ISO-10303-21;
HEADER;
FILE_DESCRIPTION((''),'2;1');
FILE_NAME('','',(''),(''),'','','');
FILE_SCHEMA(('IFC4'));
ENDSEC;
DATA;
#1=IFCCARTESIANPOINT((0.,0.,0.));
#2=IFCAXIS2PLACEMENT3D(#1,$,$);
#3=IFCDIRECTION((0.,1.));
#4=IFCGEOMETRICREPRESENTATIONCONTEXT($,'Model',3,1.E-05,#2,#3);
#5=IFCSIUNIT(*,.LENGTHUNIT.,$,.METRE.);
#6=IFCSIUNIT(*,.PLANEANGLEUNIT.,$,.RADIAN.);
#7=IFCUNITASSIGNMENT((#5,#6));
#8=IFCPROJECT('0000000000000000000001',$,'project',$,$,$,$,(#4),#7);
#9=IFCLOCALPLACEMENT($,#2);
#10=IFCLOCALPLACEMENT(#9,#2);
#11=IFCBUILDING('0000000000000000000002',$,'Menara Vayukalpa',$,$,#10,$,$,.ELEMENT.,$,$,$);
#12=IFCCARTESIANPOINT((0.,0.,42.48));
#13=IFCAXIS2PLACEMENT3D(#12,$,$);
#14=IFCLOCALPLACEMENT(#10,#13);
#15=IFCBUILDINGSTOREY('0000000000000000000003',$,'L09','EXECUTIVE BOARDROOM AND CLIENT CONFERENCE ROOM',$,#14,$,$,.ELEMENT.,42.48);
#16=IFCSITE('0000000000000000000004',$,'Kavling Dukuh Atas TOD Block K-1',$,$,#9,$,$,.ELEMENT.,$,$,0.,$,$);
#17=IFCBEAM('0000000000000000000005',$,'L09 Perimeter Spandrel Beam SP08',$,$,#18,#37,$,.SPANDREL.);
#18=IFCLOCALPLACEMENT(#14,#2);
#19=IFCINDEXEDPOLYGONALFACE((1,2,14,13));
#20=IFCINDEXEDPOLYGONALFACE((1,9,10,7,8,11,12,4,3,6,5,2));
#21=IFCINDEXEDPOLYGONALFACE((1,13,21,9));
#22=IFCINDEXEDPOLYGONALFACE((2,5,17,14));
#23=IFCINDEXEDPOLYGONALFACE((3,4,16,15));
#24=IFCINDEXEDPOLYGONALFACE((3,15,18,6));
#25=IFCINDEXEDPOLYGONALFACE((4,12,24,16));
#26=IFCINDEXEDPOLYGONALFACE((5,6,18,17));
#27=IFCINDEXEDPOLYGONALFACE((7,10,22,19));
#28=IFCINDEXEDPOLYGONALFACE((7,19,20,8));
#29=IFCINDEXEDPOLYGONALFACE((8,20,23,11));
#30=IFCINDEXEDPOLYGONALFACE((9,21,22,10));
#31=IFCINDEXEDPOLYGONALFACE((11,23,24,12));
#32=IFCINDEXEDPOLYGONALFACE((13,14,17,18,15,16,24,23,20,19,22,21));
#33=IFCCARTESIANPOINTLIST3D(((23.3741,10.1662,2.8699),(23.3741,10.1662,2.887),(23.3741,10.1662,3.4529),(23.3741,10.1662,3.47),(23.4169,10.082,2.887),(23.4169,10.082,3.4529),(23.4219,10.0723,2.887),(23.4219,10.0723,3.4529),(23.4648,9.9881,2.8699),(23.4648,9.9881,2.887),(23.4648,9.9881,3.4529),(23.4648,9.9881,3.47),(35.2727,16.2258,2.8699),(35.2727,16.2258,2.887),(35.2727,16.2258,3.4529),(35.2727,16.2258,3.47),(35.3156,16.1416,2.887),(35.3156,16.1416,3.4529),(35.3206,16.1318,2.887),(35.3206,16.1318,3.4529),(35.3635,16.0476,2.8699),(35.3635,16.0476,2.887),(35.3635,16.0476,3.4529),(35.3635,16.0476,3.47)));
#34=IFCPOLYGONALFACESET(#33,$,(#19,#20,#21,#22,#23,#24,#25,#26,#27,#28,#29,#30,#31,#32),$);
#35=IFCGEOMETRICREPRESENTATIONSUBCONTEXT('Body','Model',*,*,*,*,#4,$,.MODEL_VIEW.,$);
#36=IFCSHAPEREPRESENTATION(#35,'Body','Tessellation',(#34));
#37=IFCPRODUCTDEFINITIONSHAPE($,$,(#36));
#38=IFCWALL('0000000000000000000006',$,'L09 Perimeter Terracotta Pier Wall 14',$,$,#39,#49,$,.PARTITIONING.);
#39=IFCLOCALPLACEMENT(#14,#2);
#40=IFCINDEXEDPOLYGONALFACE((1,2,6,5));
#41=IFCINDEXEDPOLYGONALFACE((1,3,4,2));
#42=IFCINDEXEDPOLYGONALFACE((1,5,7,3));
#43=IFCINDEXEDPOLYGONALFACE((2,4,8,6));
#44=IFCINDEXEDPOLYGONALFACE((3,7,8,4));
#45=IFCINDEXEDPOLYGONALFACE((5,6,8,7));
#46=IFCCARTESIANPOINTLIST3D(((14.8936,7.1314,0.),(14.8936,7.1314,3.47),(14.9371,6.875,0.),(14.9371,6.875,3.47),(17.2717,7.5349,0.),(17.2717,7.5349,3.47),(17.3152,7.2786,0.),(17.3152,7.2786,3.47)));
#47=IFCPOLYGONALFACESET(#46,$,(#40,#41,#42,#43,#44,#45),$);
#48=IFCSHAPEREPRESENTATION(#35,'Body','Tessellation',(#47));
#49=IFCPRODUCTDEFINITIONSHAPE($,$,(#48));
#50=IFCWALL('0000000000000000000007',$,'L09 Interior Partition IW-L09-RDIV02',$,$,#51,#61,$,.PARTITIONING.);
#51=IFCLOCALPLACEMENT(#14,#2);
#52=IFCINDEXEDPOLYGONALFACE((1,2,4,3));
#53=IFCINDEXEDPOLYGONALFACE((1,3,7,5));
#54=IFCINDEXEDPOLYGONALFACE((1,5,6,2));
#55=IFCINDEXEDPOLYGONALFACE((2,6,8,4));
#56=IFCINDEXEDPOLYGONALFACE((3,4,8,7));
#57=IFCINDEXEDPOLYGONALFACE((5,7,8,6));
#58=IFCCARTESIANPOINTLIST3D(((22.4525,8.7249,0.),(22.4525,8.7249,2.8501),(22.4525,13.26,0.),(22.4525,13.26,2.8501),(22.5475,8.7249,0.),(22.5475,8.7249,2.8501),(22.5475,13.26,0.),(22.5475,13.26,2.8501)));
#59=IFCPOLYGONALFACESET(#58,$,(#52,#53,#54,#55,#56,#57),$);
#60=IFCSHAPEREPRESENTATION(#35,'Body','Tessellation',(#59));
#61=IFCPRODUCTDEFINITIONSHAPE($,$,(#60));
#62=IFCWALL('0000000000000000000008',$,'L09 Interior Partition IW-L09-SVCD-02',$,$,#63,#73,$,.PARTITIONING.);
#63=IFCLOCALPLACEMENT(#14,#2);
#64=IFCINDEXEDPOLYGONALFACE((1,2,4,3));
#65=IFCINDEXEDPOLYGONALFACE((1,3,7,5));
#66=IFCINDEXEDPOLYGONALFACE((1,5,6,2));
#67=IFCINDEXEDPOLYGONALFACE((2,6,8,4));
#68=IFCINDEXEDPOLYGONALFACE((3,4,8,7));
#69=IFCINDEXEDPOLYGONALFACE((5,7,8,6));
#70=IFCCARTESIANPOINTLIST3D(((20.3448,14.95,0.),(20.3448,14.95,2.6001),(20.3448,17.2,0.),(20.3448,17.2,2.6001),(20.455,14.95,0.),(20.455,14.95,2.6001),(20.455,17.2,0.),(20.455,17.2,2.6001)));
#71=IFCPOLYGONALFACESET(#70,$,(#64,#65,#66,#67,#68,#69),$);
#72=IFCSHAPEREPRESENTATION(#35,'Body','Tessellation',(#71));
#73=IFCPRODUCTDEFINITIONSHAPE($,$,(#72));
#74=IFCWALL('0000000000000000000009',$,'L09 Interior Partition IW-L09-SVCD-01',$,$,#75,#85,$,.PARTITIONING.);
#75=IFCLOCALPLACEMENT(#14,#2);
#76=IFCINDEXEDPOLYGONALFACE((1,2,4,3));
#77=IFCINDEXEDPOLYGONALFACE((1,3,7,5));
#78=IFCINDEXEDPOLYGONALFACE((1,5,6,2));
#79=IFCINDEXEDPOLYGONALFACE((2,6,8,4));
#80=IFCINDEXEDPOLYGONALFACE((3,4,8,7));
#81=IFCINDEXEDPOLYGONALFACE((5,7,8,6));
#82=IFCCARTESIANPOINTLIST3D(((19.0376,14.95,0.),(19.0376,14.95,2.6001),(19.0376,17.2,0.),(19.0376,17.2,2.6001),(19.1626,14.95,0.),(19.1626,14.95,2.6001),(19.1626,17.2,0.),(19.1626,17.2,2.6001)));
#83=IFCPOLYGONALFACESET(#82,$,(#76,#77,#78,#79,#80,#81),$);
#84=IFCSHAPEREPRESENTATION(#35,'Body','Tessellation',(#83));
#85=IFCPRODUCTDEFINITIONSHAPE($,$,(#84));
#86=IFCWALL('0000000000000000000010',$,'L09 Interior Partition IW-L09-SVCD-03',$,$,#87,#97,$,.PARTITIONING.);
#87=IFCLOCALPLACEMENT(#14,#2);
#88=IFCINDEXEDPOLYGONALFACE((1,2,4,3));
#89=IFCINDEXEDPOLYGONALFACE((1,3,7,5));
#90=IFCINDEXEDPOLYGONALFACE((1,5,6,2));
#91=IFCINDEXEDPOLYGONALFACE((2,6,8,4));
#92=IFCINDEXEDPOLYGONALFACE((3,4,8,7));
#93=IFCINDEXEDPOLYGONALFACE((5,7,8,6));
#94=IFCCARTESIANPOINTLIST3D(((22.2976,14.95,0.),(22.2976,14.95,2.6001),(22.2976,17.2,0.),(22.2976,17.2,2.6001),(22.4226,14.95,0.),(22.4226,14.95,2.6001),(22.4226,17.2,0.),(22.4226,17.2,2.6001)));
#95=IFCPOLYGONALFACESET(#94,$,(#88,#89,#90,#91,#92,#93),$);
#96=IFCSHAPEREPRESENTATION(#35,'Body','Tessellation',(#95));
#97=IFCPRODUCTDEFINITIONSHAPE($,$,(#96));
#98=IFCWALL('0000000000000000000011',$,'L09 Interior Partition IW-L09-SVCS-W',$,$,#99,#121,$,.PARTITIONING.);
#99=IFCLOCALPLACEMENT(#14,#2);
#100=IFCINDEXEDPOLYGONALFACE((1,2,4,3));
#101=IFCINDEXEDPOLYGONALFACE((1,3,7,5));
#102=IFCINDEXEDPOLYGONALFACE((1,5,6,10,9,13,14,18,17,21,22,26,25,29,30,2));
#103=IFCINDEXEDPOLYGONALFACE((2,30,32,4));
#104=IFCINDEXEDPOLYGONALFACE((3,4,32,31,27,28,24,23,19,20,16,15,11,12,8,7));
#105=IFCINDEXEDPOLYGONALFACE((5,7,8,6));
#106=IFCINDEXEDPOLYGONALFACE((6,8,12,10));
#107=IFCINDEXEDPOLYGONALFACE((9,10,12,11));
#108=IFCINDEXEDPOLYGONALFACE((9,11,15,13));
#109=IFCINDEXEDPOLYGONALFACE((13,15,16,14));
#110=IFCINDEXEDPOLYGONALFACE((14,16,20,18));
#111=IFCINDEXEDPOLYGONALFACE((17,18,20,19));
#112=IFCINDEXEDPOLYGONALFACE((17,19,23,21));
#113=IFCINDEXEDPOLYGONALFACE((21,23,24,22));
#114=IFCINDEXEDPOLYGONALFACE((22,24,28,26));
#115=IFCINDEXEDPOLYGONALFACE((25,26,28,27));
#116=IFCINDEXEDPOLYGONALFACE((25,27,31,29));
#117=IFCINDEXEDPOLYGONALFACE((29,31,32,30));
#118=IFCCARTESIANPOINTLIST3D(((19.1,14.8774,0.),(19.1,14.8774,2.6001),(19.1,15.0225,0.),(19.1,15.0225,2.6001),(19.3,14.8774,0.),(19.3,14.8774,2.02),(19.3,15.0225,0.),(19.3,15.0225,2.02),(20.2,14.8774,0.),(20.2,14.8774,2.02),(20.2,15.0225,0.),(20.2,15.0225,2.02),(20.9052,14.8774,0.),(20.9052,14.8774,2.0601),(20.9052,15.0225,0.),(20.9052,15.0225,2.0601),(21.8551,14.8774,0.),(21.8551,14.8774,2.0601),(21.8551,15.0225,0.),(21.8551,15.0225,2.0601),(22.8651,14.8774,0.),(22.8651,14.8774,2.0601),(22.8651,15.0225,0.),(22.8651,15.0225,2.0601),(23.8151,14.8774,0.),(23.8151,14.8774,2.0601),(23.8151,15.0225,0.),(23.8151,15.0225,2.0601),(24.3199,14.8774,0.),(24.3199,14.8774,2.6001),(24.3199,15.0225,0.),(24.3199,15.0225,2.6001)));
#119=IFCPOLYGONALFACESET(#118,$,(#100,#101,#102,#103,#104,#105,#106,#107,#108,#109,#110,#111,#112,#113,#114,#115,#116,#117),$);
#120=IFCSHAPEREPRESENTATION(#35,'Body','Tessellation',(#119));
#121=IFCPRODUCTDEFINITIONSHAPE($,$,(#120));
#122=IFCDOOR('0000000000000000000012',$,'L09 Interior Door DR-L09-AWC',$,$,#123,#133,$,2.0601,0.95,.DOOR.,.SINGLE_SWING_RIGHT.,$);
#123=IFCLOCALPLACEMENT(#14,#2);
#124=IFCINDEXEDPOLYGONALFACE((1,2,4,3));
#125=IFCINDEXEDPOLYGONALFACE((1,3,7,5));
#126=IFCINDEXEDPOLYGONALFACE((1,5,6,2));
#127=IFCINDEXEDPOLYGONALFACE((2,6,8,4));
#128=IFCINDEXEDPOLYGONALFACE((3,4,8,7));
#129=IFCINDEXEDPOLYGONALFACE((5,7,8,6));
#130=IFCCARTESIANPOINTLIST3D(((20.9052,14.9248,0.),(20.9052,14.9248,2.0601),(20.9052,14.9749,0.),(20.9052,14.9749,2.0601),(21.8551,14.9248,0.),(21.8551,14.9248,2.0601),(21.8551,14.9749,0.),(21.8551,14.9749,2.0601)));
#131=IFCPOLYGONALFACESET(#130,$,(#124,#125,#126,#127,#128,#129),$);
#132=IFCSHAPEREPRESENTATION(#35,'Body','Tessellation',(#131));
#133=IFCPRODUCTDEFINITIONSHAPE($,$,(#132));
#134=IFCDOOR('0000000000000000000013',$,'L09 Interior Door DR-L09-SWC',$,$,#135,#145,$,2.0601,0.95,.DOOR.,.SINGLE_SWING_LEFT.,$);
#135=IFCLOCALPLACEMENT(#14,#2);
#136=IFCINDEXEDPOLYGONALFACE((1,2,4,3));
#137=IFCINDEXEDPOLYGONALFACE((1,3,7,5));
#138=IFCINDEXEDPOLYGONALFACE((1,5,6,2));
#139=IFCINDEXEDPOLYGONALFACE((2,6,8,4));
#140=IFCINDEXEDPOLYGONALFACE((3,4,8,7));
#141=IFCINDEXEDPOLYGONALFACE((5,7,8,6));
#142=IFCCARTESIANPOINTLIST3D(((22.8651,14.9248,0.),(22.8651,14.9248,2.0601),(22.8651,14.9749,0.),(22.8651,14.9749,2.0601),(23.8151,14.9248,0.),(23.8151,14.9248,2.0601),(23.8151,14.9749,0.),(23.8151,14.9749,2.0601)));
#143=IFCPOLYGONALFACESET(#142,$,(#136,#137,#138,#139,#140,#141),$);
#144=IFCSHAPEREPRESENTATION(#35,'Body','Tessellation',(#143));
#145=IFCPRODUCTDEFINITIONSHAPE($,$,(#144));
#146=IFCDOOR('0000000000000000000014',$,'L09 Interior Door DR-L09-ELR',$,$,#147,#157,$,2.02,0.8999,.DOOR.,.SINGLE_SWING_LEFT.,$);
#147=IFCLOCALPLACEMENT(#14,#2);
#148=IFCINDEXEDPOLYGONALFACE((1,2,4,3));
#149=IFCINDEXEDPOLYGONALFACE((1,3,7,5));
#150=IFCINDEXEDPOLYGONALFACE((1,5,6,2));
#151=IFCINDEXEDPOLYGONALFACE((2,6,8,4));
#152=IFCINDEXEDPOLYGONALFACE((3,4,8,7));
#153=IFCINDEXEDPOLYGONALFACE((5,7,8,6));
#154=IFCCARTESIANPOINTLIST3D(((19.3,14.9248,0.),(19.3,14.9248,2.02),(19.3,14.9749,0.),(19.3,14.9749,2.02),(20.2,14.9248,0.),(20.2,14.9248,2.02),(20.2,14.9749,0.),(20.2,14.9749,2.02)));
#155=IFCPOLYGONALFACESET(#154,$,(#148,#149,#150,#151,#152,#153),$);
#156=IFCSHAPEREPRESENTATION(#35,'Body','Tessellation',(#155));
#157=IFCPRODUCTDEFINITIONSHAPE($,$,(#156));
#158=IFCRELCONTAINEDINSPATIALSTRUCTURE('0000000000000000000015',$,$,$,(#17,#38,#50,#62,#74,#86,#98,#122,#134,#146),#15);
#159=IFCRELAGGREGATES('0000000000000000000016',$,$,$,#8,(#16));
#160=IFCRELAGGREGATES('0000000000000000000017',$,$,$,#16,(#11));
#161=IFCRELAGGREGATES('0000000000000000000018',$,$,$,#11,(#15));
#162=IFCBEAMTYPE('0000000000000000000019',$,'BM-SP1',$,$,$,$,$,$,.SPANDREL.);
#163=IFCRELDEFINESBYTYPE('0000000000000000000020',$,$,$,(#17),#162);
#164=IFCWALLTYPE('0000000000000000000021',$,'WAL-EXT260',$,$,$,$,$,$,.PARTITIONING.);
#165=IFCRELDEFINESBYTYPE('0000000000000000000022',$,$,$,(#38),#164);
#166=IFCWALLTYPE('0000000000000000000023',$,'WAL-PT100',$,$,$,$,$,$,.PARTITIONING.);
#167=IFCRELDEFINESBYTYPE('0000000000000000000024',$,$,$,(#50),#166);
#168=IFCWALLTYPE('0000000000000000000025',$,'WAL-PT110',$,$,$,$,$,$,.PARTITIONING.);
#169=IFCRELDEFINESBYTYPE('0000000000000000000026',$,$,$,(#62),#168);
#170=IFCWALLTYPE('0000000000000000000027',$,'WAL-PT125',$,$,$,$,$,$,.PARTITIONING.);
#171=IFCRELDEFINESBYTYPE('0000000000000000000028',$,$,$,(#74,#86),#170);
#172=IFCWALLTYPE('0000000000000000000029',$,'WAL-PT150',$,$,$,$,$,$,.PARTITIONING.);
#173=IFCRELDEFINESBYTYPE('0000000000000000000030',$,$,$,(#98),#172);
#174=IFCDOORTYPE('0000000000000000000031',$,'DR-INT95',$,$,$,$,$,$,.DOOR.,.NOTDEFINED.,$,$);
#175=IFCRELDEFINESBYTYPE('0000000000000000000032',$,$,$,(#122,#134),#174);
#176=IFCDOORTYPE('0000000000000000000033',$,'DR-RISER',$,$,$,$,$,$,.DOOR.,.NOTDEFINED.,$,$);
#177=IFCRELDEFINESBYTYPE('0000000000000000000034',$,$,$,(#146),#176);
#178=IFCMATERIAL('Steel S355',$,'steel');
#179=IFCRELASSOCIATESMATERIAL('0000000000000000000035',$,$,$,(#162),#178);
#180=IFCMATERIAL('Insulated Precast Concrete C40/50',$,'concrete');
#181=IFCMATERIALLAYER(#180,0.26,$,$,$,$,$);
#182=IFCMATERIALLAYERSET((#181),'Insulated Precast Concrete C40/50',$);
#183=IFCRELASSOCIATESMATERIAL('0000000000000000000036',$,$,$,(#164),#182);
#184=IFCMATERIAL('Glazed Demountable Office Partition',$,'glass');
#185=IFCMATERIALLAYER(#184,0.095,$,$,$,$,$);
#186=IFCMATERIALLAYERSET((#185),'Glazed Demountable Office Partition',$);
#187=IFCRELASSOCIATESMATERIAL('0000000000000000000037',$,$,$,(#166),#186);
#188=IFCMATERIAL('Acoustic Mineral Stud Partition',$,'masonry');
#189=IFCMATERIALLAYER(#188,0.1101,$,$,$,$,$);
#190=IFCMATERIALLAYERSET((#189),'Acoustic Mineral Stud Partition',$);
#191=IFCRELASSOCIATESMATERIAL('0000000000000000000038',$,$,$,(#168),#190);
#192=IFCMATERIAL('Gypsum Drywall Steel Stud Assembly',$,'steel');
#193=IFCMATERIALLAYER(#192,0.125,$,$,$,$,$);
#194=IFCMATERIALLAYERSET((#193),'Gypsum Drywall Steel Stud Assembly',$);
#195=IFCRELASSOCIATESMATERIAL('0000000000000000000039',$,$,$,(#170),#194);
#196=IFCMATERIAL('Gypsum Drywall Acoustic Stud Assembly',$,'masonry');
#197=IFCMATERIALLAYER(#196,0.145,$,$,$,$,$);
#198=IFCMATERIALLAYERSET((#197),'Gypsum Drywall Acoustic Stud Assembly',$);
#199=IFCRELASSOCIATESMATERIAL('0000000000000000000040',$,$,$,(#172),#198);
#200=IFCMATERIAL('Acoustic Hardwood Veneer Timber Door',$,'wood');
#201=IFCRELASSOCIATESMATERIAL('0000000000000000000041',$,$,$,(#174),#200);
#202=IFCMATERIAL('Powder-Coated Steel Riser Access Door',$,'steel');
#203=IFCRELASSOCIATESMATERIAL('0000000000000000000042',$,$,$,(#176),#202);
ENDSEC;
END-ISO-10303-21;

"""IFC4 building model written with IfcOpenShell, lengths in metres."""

from ifc_helpers import new_model, si_unit, direction, frame, frame_2d, origin, origin_2d, place, context, subcontext, project, spatial, rectangle, i_section, extrude, material, layer, layer_set, material_profile, profile_set, type_object, element, fill, save


model = new_model("IFC4")

# Units and contexts
model_context = context("Model", 3, precision=1e-05, world=origin(), true_north=direction((0.0, 1.0)))
body_context = subcontext(model_context, "Body", "Model", "MODEL_VIEW")
ifc_project = project(units=[si_unit("LENGTHUNIT", "METRE"), si_unit("PLANEANGLEUNIT", "RADIAN")], contexts=[model_context])

# Site, building, storey
site_placement = place(None, origin())
site = spatial("IfcSite", under=ifc_project, at=site_placement, Name="Kavling Dukuh Atas TOD Block K-1", CompositionType="ELEMENT", RefElevation=0.0)
building_placement = place(site_placement, origin())
building = spatial("IfcBuilding", under=site, at=building_placement, Name="Menara Vayukalpa", CompositionType="ELEMENT")
storey_placement = place(building_placement, frame((0.0, 0.0, 42.48)))
storey = spatial("IfcBuildingStorey", under=building, at=storey_placement, Name="L09", Description="EXECUTIVE BOARDROOM AND CLIENT CONFERENCE ROOM", CompositionType="ELEMENT", Elevation=42.48)

# Beam
ifc_material_1 = material(Name="Steel S355", Category="steel")
ifc_material_profile_1 = material_profile(ifc_material_1, i_section(OverallWidth=0.2, OverallDepth=0.6001, WebThickness=0.011, FlangeThickness=0.0171, at=origin_2d()), Name="WF 600x200x11x17")
ifc_profile_set_1 = profile_set([ifc_material_profile_1], Name="Steel S355")
beam_type_1 = type_object("IfcBeamType", Name="BM-SP1", PredefinedType="SPANDREL", material=ifc_profile_set_1)
beam_1_placement = place(storey_placement, frame((23.4194, 10.0771, 3.1699), z_axis=(0.891101, 0.453806, 0.0), x_axis=(-0.453806, 0.891101, 0.0)))
element("IfcBeam", 1, at=beam_1_placement, inside=storey, type_object=beam_type_1, Name="L09 Perimeter Spandrel Beam SP08", PredefinedType="SPANDREL", context=body_context, shape_type="SweptSolid", body=[
    extrude(i_section(OverallWidth=0.2, OverallDepth=0.6001, WebThickness=0.011, FlangeThickness=0.0171, at=origin_2d()), origin(), (0.0, 0.0, 1.0), 13.3528),
])

# Walls
ifc_material_2 = material(Name="Insulated Precast Concrete C40/50", Category="concrete")
ifc_layer_1 = layer(ifc_material_2, 0.26)
ifc_layer_set_1 = layer_set([ifc_layer_1], Name="Insulated Precast Concrete C40/50")
wall_type_1 = type_object("IfcWallType", Name="WAL-EXT260", PredefinedType="PARTITIONING", material=ifc_layer_set_1)
wall_1_placement = place(storey_placement, frame((17.2935, 7.4067, 0.0), z_axis=(0.0, 0.0, 1.0), x_axis=(-0.985905, -0.167303, 0.0)))
element("IfcWall", 2, at=wall_1_placement, inside=storey, type_object=wall_type_1, Name="L09 Perimeter Terracotta Pier Wall 14", PredefinedType="PARTITIONING", context=body_context, shape_type="SweptSolid", body=[
    extrude(rectangle(XDim=2.4121, YDim=0.26, at=frame_2d((1.2061, 0.0))), origin(), (0.0, 0.0, 1.0), 3.47),
])
ifc_material_3 = material(Name="Glazed Demountable Office Partition", Category="glass")
ifc_layer_2 = layer(ifc_material_3, 0.095)
ifc_layer_set_2 = layer_set([ifc_layer_2], Name="Glazed Demountable Office Partition")
wall_type_2 = type_object("IfcWallType", Name="WAL-PT100", PredefinedType="PARTITIONING", material=ifc_layer_set_2)
wall_2_placement = place(storey_placement, frame((22.5, 8.7249, 0.0), z_axis=(0.0, 0.0, 1.0), x_axis=(0.0, 1.0, 0.0)))
element("IfcWall", 3, at=wall_2_placement, inside=storey, type_object=wall_type_2, Name="L09 Interior Partition IW-L09-RDIV02", PredefinedType="PARTITIONING", context=body_context, shape_type="SweptSolid", body=[
    extrude(rectangle(XDim=4.5352, YDim=0.095, at=frame_2d((2.2676, 0.0))), origin(), (0.0, 0.0, 1.0), 2.8501),
])
ifc_material_4 = material(Name="Acoustic Mineral Stud Partition", Category="masonry")
ifc_layer_3 = layer(ifc_material_4, 0.1101)
ifc_layer_set_3 = layer_set([ifc_layer_3], Name="Acoustic Mineral Stud Partition")
wall_type_3 = type_object("IfcWallType", Name="WAL-PT110", PredefinedType="PARTITIONING", material=ifc_layer_set_3)
wall_3_placement = place(storey_placement, frame((20.3999, 14.95, 0.0), z_axis=(0.0, 0.0, 1.0), x_axis=(0.0, 1.0, 0.0)))
element("IfcWall", 4, at=wall_3_placement, inside=storey, type_object=wall_type_3, Name="L09 Interior Partition IW-L09-SVCD-02", PredefinedType="PARTITIONING", context=body_context, shape_type="SweptSolid", body=[
    extrude(rectangle(XDim=2.25, YDim=0.1101, at=frame_2d((1.125, 0.0))), origin(), (0.0, 0.0, 1.0), 2.6001),
])
ifc_material_5 = material(Name="Gypsum Drywall Steel Stud Assembly", Category="steel")
ifc_layer_4 = layer(ifc_material_5, 0.125)
ifc_layer_set_4 = layer_set([ifc_layer_4], Name="Gypsum Drywall Steel Stud Assembly")
wall_type_4 = type_object("IfcWallType", Name="WAL-PT125", PredefinedType="PARTITIONING", material=ifc_layer_set_4)
for number, where, z_axis, x_axis, name in (
    (5, (19.1001, 14.95, 0.0), (0.0, 0.0, 1.0), (0.0, 1.0, 0.0), "L09 Interior Partition IW-L09-SVCD-01"),
    (6, (22.3601, 14.95, 0.0), (0.0, 0.0, 1.0), (0.0, 1.0, 0.0), "L09 Interior Partition IW-L09-SVCD-03"),
):
    element("IfcWall", number, at=place(storey_placement, frame(where, z_axis=z_axis, x_axis=x_axis)), inside=storey, type_object=wall_type_4, Name=name, PredefinedType="PARTITIONING", context=body_context, shape_type="SweptSolid", body=[
        extrude(rectangle(XDim=2.25, YDim=0.125, at=frame_2d((1.125, 0.0))), origin(), (0.0, 0.0, 1.0), 2.6001),
    ])

# Wall, openings, doors
ifc_material_6 = material(Name="Gypsum Drywall Acoustic Stud Assembly", Category="masonry")
ifc_layer_5 = layer(ifc_material_6, 0.145)
ifc_layer_set_5 = layer_set([ifc_layer_5], Name="Gypsum Drywall Acoustic Stud Assembly")
wall_type_5 = type_object("IfcWallType", Name="WAL-PT150", PredefinedType="PARTITIONING", material=ifc_layer_set_5)
wall_4_placement = place(storey_placement, frame((19.1001, 14.95, 0.0), z_axis=(0.0, 0.0, 1.0), x_axis=(1.0, 0.0, 0.0)))
wall_4 = element("IfcWall", 7, at=wall_4_placement, inside=storey, type_object=wall_type_5, Name="L09 Interior Partition IW-L09-SVCS-W", PredefinedType="PARTITIONING", context=body_context, shape_type="SweptSolid", body=[
    extrude(rectangle(XDim=5.22, YDim=0.145, at=frame_2d((2.6099, 0.0))), origin(), (0.0, 0.0, 1.0), 2.6001),
])
opening_1_placement = place(wall_4_placement, frame((0.2, 0.0, 0.0)))
opening_1 = element("IfcOpeningElement", 8, at=opening_1_placement, cuts=wall_4, PredefinedType="OPENING", context=body_context, shape_type="SweptSolid", body=[
    extrude(rectangle(XDim=0.8999, YDim=2.02, at=frame_2d((0.45, 1.01))), frame((0.0, 0.0825, 0.0), z_axis=(0.0, -1.0, 0.0), x_axis=(1.0, 0.0, 0.0)), (0.0, 0.0, 1.0), 0.165),
])
opening_2_placement = place(wall_4_placement, frame((1.8049, 0.0, 0.0)))
opening_2 = element("IfcOpeningElement", 9, at=opening_2_placement, cuts=wall_4, PredefinedType="OPENING", context=body_context, shape_type="SweptSolid", body=[
    extrude(rectangle(XDim=0.95, YDim=2.0601, at=frame_2d((0.4751, 1.03))), frame((0.0, 0.0825, 0.0), z_axis=(0.0, -1.0, 0.0), x_axis=(1.0, 0.0, 0.0)), (0.0, 0.0, 1.0), 0.165),
])
opening_3_placement = place(wall_4_placement, frame((3.7649, 0.0, 0.0)))
opening_3 = element("IfcOpeningElement", 10, at=opening_3_placement, cuts=wall_4, PredefinedType="OPENING", context=body_context, shape_type="SweptSolid", body=[
    extrude(rectangle(XDim=0.95, YDim=2.0601, at=frame_2d((0.4751, 1.03))), frame((0.0, 0.0825, 0.0), z_axis=(0.0, -1.0, 0.0), x_axis=(1.0, 0.0, 0.0)), (0.0, 0.0, 1.0), 0.165),
])
ifc_material_7 = material(Name="Acoustic Hardwood Veneer Timber Door", Category="wood")
door_type_1 = type_object("IfcDoorType", Name="DR-INT95", OperationType="NOTDEFINED", PredefinedType="DOOR", material=ifc_material_7)
door_1_placement = place(opening_2_placement, origin())
door_1 = element("IfcDoor", 11, at=door_1_placement, inside=storey, type_object=door_type_1, Name="L09 Interior Door DR-L09-AWC", OperationType="SINGLE_SWING_RIGHT", OverallHeight=2.0601, OverallWidth=0.95, PredefinedType="DOOR", context=body_context, shape_type="SweptSolid", body=[
    extrude(rectangle(XDim=0.95, YDim=2.0601, at=frame_2d((0.4751, 1.03))), frame((0.0, 0.0249, 0.0), z_axis=(0.0, -1.0, 0.0), x_axis=(1.0, 0.0, 0.0)), (0.0, 0.0, 1.0), 0.05),
])
fill(opening_2, door_1)
door_2_placement = place(opening_3_placement, origin())
door_2 = element("IfcDoor", 12, at=door_2_placement, inside=storey, type_object=door_type_1, Name="L09 Interior Door DR-L09-SWC", OperationType="SINGLE_SWING_LEFT", OverallHeight=2.0601, OverallWidth=0.95, PredefinedType="DOOR", context=body_context, shape_type="SweptSolid", body=[
    extrude(rectangle(XDim=0.95, YDim=2.0601, at=frame_2d((0.4751, 1.03))), frame((0.0, 0.0249, 0.0), z_axis=(0.0, -1.0, 0.0), x_axis=(1.0, 0.0, 0.0)), (0.0, 0.0, 1.0), 0.05),
])
fill(opening_3, door_2)
ifc_material_8 = material(Name="Powder-Coated Steel Riser Access Door", Category="steel")
door_type_2 = type_object("IfcDoorType", Name="DR-RISER", OperationType="NOTDEFINED", PredefinedType="DOOR", material=ifc_material_8)
door_3_placement = place(opening_1_placement, origin())
door_3 = element("IfcDoor", 13, at=door_3_placement, inside=storey, type_object=door_type_2, Name="L09 Interior Door DR-L09-ELR", OperationType="SINGLE_SWING_LEFT", OverallHeight=2.02, OverallWidth=0.8999, PredefinedType="DOOR", context=body_context, shape_type="SweptSolid", body=[
    extrude(rectangle(XDim=0.8999, YDim=2.02, at=frame_2d((0.45, 1.01))), frame((0.0, 0.0249, 0.0), z_axis=(0.0, -1.0, 0.0), x_axis=(1.0, 0.0, 0.0)), (0.0, 0.0, 1.0), 0.05),
])
fill(opening_1, door_3)

save(model, "model.ifc")
